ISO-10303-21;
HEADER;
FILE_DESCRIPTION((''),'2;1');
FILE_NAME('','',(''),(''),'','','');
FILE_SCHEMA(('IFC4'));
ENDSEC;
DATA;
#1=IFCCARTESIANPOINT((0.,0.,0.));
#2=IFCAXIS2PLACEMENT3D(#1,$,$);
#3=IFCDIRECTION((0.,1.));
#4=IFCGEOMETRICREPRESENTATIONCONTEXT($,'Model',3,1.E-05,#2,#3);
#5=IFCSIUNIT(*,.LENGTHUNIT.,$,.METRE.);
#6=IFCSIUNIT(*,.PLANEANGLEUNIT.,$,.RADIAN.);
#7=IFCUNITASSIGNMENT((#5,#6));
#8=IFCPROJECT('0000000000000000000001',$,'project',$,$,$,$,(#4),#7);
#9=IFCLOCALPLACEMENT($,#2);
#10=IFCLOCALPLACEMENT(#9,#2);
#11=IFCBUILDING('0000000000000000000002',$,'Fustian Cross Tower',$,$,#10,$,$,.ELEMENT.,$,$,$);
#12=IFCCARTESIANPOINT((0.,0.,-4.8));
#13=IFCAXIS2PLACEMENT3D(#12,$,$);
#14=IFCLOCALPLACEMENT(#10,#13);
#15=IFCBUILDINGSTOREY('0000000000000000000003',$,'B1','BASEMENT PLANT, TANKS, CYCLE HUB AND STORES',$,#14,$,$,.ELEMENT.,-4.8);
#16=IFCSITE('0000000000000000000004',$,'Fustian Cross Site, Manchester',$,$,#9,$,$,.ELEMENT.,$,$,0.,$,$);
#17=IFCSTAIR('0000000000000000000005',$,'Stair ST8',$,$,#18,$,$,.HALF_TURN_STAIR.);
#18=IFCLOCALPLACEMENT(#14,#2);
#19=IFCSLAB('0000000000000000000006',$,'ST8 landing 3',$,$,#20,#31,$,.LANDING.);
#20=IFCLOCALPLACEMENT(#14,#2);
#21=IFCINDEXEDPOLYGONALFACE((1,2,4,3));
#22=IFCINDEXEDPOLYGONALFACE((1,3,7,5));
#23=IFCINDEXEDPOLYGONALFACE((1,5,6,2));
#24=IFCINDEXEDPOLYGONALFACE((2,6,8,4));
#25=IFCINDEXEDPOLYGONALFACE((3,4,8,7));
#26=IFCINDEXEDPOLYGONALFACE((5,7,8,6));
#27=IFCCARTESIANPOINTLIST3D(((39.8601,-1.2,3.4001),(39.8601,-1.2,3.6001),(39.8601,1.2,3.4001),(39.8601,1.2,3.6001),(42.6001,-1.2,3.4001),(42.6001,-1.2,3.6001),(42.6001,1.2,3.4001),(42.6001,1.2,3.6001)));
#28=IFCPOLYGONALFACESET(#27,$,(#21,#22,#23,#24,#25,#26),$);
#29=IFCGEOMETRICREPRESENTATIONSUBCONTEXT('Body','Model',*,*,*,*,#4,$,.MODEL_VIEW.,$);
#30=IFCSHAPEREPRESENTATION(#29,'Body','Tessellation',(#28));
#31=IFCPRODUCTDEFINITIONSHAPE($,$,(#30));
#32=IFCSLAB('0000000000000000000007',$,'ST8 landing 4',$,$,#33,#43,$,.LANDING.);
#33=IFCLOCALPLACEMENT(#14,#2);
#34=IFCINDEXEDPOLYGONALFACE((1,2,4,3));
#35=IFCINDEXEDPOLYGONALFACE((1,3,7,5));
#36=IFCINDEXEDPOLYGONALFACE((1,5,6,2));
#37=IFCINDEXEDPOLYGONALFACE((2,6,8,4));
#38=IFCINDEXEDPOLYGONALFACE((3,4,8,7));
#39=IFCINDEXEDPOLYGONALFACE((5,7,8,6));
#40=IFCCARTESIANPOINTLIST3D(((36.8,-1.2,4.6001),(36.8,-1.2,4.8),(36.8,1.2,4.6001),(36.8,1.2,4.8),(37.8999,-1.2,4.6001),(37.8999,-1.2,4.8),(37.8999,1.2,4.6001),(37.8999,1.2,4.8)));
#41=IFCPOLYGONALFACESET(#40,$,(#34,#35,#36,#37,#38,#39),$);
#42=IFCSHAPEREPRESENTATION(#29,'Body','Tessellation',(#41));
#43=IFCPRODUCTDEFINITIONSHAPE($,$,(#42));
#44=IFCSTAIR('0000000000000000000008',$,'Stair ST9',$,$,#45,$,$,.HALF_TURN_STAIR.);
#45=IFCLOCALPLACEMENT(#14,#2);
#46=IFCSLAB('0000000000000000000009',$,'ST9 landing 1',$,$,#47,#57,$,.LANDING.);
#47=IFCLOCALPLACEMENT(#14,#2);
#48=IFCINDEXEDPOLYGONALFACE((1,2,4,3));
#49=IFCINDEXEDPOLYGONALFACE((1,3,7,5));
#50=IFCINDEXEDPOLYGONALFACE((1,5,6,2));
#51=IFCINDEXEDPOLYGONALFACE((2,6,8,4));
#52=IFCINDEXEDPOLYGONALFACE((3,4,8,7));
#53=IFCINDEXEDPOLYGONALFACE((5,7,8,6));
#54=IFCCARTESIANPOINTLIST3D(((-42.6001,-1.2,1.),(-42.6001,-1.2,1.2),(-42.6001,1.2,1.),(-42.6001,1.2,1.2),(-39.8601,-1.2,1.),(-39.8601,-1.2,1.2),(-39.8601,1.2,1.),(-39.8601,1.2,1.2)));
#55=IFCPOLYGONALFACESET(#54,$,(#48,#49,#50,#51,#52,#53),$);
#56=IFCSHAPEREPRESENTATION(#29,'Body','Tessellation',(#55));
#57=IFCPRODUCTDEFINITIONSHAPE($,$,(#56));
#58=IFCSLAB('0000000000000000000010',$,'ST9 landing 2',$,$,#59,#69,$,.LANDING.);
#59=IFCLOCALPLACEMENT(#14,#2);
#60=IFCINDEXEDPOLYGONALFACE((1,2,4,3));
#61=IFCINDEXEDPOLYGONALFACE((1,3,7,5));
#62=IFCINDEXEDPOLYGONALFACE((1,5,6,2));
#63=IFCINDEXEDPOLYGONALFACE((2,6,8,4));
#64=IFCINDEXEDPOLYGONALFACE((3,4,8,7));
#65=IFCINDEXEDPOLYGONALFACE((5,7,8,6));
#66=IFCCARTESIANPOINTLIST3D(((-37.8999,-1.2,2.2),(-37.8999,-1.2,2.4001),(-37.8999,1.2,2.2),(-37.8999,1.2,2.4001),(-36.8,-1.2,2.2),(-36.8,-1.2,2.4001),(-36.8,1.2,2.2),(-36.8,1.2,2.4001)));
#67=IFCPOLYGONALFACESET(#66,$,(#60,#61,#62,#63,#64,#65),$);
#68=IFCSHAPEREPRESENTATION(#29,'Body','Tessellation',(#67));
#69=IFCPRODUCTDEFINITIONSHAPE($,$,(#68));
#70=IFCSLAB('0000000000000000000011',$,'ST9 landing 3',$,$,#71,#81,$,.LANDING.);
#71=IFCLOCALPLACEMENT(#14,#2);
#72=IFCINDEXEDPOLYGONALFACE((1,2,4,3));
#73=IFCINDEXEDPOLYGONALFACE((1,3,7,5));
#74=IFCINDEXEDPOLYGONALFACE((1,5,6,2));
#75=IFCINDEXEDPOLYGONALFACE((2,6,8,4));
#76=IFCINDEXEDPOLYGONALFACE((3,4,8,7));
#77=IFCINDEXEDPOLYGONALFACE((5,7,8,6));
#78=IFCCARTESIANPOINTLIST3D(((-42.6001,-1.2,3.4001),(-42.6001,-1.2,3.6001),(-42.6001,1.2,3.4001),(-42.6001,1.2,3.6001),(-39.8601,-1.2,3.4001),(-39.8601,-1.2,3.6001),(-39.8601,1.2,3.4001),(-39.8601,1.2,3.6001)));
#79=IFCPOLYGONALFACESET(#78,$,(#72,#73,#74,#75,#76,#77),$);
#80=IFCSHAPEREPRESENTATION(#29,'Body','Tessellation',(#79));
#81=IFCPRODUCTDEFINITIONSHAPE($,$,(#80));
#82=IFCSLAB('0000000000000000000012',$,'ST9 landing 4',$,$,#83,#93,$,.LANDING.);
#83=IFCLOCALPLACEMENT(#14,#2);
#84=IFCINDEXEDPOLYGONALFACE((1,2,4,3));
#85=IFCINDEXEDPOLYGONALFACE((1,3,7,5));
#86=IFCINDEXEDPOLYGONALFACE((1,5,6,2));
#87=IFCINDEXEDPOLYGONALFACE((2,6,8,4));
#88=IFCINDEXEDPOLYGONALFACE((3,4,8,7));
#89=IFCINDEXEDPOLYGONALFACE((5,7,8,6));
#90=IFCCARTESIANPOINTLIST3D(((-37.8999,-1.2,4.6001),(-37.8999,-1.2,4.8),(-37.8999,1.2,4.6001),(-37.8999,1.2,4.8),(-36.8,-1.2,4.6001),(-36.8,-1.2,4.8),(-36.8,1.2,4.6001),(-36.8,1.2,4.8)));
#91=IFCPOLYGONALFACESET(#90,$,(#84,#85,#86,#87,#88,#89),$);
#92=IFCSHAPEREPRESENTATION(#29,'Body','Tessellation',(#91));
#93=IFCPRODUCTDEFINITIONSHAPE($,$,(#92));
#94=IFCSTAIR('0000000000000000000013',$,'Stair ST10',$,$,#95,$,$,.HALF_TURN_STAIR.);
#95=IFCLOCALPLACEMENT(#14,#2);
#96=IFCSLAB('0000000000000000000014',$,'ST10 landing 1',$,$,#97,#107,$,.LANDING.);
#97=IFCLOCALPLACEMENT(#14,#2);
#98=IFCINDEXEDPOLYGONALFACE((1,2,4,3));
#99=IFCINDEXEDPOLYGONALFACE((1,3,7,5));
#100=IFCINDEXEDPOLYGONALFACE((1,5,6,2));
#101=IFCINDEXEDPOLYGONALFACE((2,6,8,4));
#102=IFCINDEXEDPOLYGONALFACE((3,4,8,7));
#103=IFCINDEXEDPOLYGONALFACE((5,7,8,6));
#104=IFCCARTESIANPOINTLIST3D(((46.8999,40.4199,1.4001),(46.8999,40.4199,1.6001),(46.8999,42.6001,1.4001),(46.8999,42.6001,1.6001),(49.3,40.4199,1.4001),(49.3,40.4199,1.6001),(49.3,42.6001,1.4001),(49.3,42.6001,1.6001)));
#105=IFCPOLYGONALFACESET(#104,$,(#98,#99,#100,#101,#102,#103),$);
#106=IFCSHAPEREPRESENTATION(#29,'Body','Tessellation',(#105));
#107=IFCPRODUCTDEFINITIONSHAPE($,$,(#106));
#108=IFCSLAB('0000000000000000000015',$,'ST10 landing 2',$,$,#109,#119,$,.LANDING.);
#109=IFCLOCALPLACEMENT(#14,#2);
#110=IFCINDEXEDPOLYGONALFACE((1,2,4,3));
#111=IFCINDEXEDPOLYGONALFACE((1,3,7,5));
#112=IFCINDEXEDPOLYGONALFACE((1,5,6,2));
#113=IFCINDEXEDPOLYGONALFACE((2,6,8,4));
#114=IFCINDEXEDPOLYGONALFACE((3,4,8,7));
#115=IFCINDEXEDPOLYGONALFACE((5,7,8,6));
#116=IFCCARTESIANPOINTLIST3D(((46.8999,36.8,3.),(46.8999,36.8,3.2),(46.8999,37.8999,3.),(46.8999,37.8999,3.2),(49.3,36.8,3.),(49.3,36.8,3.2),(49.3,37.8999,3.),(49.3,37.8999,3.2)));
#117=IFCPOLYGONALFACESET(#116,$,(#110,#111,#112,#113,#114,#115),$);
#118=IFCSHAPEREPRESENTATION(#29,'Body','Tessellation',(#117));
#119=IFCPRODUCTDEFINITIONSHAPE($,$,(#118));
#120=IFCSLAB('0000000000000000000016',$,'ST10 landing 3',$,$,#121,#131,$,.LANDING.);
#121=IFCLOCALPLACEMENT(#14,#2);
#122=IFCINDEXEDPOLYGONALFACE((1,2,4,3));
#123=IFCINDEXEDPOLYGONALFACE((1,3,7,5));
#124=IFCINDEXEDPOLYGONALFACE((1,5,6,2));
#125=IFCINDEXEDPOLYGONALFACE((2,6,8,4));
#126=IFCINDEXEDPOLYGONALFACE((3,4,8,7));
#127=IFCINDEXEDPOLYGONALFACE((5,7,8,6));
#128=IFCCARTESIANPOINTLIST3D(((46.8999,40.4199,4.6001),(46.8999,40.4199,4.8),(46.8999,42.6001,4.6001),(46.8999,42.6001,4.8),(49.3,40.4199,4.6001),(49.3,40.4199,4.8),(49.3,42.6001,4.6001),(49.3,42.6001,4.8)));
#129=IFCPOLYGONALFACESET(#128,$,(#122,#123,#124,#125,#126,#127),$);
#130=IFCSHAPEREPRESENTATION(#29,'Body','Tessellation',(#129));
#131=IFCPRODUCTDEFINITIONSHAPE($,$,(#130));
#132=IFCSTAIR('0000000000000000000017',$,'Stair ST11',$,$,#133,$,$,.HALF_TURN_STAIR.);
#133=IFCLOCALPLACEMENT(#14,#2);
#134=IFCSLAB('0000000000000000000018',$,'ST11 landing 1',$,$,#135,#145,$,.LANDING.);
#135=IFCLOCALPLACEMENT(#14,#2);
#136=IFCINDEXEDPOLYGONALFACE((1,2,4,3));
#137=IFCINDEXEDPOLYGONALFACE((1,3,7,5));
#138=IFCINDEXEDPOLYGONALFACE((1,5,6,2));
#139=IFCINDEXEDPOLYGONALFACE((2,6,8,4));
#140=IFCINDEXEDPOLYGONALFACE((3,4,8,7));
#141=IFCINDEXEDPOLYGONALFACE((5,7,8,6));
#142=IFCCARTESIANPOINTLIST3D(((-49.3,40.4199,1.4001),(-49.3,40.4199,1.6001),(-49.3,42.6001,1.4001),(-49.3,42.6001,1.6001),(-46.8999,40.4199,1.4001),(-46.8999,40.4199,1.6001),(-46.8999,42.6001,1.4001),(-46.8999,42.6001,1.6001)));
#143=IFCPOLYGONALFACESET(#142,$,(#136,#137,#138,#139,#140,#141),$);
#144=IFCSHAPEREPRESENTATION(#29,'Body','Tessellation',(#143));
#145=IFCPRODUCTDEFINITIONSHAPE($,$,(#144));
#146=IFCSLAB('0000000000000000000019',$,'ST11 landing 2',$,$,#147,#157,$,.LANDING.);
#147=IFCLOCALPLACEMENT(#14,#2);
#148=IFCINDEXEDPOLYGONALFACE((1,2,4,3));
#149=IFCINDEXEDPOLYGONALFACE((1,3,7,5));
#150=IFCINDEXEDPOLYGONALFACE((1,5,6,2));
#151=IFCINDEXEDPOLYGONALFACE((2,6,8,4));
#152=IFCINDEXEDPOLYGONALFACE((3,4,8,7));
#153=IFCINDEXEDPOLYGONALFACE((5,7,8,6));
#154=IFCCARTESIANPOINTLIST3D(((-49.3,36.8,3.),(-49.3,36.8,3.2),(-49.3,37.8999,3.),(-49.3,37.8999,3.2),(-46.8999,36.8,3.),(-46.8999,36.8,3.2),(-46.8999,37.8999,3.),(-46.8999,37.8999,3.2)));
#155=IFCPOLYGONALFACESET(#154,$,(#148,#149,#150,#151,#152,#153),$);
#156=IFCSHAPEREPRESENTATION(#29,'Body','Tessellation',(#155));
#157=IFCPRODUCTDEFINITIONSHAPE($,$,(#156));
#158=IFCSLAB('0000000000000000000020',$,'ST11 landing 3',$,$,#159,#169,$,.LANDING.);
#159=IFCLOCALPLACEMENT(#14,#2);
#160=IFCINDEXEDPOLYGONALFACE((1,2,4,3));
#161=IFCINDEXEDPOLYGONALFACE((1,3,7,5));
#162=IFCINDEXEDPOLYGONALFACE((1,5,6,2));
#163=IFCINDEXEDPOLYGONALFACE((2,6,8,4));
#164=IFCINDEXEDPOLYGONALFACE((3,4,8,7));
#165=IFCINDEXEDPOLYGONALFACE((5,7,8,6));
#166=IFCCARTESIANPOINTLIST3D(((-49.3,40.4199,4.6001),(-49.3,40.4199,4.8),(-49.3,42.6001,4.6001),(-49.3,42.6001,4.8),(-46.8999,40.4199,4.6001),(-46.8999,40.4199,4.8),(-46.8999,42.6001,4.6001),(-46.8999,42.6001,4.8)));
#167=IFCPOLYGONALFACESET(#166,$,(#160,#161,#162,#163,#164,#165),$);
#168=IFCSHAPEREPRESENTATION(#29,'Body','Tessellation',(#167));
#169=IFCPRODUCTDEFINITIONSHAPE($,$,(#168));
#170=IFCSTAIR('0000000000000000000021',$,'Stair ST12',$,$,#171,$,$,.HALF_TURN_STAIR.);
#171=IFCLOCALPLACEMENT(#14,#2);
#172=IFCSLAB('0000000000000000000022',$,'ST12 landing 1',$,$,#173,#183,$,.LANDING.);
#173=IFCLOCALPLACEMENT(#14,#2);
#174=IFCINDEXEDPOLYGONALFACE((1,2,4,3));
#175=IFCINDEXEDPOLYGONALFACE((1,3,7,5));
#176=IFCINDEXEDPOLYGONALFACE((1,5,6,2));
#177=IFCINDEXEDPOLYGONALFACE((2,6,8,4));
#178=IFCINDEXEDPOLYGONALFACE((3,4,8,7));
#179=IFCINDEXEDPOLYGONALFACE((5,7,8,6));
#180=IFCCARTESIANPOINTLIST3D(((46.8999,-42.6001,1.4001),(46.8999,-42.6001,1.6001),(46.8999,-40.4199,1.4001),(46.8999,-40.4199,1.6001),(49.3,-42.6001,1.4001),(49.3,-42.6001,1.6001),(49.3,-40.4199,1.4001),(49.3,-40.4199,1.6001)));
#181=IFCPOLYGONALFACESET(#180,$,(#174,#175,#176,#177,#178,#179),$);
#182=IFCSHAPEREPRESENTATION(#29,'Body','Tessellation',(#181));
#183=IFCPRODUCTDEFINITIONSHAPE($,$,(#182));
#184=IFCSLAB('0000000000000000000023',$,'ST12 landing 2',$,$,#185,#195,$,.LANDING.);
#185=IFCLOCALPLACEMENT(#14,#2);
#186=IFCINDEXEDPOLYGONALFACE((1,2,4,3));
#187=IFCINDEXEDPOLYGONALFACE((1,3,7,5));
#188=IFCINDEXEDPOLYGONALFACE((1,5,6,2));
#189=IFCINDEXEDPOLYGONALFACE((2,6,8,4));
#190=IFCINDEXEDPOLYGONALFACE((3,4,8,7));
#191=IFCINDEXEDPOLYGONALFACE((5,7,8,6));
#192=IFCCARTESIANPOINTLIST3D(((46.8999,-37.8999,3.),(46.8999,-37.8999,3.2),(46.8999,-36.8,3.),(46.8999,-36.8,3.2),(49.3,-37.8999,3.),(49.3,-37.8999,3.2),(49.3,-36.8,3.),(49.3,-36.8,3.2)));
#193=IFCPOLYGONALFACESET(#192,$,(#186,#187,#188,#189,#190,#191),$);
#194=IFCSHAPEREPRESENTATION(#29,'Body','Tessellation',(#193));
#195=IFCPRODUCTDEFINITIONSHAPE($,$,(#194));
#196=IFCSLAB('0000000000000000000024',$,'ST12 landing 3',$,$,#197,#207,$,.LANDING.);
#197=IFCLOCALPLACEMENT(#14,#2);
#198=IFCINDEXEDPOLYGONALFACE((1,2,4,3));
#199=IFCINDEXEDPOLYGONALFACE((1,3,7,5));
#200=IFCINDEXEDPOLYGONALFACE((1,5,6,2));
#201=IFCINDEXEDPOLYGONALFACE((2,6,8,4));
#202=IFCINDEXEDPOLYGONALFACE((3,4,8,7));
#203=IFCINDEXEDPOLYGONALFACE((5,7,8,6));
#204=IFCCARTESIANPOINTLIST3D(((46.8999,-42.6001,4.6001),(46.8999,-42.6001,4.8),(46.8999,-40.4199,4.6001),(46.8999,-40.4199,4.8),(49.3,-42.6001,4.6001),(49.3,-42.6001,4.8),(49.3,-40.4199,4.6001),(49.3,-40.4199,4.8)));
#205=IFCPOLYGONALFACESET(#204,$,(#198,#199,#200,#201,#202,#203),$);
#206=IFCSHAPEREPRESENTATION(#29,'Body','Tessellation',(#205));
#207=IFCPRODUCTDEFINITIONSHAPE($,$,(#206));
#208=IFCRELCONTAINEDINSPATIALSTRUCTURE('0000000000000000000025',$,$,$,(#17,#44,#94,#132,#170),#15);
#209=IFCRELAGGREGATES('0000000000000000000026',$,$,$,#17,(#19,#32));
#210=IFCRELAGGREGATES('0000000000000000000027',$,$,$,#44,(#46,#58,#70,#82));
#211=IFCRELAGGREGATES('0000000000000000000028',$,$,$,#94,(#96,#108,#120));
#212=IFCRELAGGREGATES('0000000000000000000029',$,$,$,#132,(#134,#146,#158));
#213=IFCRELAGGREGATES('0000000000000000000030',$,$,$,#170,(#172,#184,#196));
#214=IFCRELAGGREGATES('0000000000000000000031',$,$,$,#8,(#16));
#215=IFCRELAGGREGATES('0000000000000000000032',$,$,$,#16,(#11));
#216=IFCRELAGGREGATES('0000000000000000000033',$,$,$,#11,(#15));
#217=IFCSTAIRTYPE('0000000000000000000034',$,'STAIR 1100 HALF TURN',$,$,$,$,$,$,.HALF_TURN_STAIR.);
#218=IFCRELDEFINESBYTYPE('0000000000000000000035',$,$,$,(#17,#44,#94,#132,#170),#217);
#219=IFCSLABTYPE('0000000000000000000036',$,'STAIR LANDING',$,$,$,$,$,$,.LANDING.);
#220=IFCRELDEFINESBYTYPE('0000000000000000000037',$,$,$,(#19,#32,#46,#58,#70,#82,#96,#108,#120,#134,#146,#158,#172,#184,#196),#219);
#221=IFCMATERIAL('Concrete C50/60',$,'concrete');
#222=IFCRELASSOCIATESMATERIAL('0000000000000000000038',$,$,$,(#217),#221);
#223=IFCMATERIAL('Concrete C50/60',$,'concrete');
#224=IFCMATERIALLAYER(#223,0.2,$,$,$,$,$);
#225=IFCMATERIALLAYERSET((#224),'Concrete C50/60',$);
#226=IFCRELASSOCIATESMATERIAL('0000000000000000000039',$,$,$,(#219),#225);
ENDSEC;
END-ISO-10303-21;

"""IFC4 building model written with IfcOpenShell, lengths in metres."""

from ifc_helpers import new_model, si_unit, direction, frame, origin, place, context, subcontext, project, spatial, polyline, outline, extrude, material, layer, layer_set, type_object, element, aggregate, save


model = new_model("IFC4")

# Units and contexts
model_context = context("Model", 3, precision=1e-05, world=origin(), true_north=direction((0.0, 1.0)))
body_context = subcontext(model_context, "Body", "Model", "MODEL_VIEW")
ifc_project = project(units=[si_unit("LENGTHUNIT", "METRE"), si_unit("PLANEANGLEUNIT", "RADIAN")], contexts=[model_context])

# Site, building, storey
site_placement = place(None, origin())
site = spatial("IfcSite", under=ifc_project, at=site_placement, Name="Fustian Cross Site, Manchester", CompositionType="ELEMENT", RefElevation=0.0)
building_placement = place(site_placement, origin())
building = spatial("IfcBuilding", under=site, at=building_placement, Name="Fustian Cross Tower", CompositionType="ELEMENT")
storey_placement = place(building_placement, frame((0.0, 0.0, -4.8)))
storey = spatial("IfcBuildingStorey", under=building, at=storey_placement, Name="B1", Description="BASEMENT PLANT, TANKS, CYCLE HUB AND STORES", CompositionType="ELEMENT", Elevation=-4.8)

# Stairs, slabs
ifc_material_1 = material(Name="Concrete C50/60", Category="concrete")
stair_type = type_object("IfcStairType", Name="STAIR 1100 HALF TURN", PredefinedType="HALF_TURN_STAIR", material=ifc_material_1)
stair_1_placement = place(storey_placement, origin())
stair_1 = element("IfcStair", 1, at=stair_1_placement, inside=storey, type_object=stair_type, Name="Stair ST8", PredefinedType="HALF_TURN_STAIR")
ifc_material_2 = material(Name="Concrete C50/60", Category="concrete")
ifc_layer_1 = layer(ifc_material_2, 0.2)
ifc_layer_set_1 = layer_set([ifc_layer_1], Name="Concrete C50/60")
slab_type = type_object("IfcSlabType", Name="STAIR LANDING", PredefinedType="LANDING", material=ifc_layer_set_1)
slab_1_placement = place(storey_placement, frame((0.0, 0.0, 3.4001)))
slab_1 = element("IfcSlab", 2, at=slab_1_placement, type_object=slab_type, Name="ST8 landing 3", PredefinedType="LANDING", context=body_context, shape_type="SweptSolid", body=[
    extrude(outline(polyline([(39.8601, -1.2), (42.6001, -1.2), (42.6001, 1.2), (39.8601, 1.2), (39.8601, -1.2)])), origin(), (0.0, 0.0, 1.0), 0.2),
])
slab_2_placement = place(storey_placement, frame((0.0, 0.0, 4.6001)))
slab_2 = element("IfcSlab", 3, at=slab_2_placement, type_object=slab_type, Name="ST8 landing 4", PredefinedType="LANDING", context=body_context, shape_type="SweptSolid", body=[
    extrude(outline(polyline([(36.8, -1.2), (37.8999, -1.2), (37.8999, 1.2), (36.8, 1.2), (36.8, -1.2)])), origin(), (0.0, 0.0, 1.0), 0.2),
])
aggregate(stair_1, [slab_1, slab_2])
stair_2_placement = place(storey_placement, origin())
stair_2 = element("IfcStair", 4, at=stair_2_placement, inside=storey, type_object=stair_type, Name="Stair ST9", PredefinedType="HALF_TURN_STAIR")
slab_3_placement = place(storey_placement, frame((0.0, 0.0, 1.0)))
slab_3 = element("IfcSlab", 5, at=slab_3_placement, type_object=slab_type, Name="ST9 landing 1", PredefinedType="LANDING", context=body_context, shape_type="SweptSolid", body=[
    extrude(outline(polyline([(-39.8601, -1.2), (-42.6001, -1.2), (-42.6001, 1.2), (-39.8601, 1.2), (-39.8601, -1.2)])), origin(), (0.0, 0.0, 1.0), 0.2),
])
slab_4_placement = place(storey_placement, frame((0.0, 0.0, 2.2)))
slab_4 = element("IfcSlab", 6, at=slab_4_placement, type_object=slab_type, Name="ST9 landing 2", PredefinedType="LANDING", context=body_context, shape_type="SweptSolid", body=[
    extrude(outline(polyline([(-36.8, -1.2), (-37.8999, -1.2), (-37.8999, 1.2), (-36.8, 1.2), (-36.8, -1.2)])), origin(), (0.0, 0.0, 1.0), 0.2002),
])
slab_5_placement = place(storey_placement, frame((0.0, 0.0, 3.4001)))
slab_5 = element("IfcSlab", 7, at=slab_5_placement, type_object=slab_type, Name="ST9 landing 3", PredefinedType="LANDING", context=body_context, shape_type="SweptSolid", body=[
    extrude(outline(polyline([(-39.8601, -1.2), (-42.6001, -1.2), (-42.6001, 1.2), (-39.8601, 1.2), (-39.8601, -1.2)])), origin(), (0.0, 0.0, 1.0), 0.2),
])
slab_6_placement = place(storey_placement, frame((0.0, 0.0, 4.6001)))
slab_6 = element("IfcSlab", 8, at=slab_6_placement, type_object=slab_type, Name="ST9 landing 4", PredefinedType="LANDING", context=body_context, shape_type="SweptSolid", body=[
    extrude(outline(polyline([(-36.8, -1.2), (-37.8999, -1.2), (-37.8999, 1.2), (-36.8, 1.2), (-36.8, -1.2)])), origin(), (0.0, 0.0, 1.0), 0.2),
])
aggregate(stair_2, [slab_3, slab_4, slab_5, slab_6])
stair_3_placement = place(storey_placement, origin())
stair_3 = element("IfcStair", 9, at=stair_3_placement, inside=storey, type_object=stair_type, Name="Stair ST10", PredefinedType="HALF_TURN_STAIR")
slab_7_placement = place(storey_placement, frame((0.0, 0.0, 1.4001)))
slab_7 = element("IfcSlab", 10, at=slab_7_placement, type_object=slab_type, Name="ST10 landing 1", PredefinedType="LANDING", context=body_context, shape_type="SweptSolid", body=[
    extrude(outline(polyline([(46.8999, 40.4199), (46.8999, 42.6001), (49.3, 42.6001), (49.3, 40.4199), (46.8999, 40.4199)])), origin(), (0.0, 0.0, 1.0), 0.2),
])
slab_8_placement = place(storey_placement, frame((0.0, 0.0, 3.0)))
slab_8 = element("IfcSlab", 11, at=slab_8_placement, type_object=slab_type, Name="ST10 landing 2", PredefinedType="LANDING", context=body_context, shape_type="SweptSolid", body=[
    extrude(outline(polyline([(46.8999, 36.8), (46.8999, 37.8999), (49.3, 37.8999), (49.3, 36.8), (46.8999, 36.8)])), origin(), (0.0, 0.0, 1.0), 0.2),
])
slab_9_placement = place(storey_placement, frame((0.0, 0.0, 4.6001)))
slab_9 = element("IfcSlab", 12, at=slab_9_placement, type_object=slab_type, Name="ST10 landing 3", PredefinedType="LANDING", context=body_context, shape_type="SweptSolid", body=[
    extrude(outline(polyline([(46.8999, 40.4199), (46.8999, 42.6001), (49.3, 42.6001), (49.3, 40.4199), (46.8999, 40.4199)])), origin(), (0.0, 0.0, 1.0), 0.2),
])
aggregate(stair_3, [slab_7, slab_8, slab_9])
stair_4_placement = place(storey_placement, origin())
stair_4 = element("IfcStair", 13, at=stair_4_placement, inside=storey, type_object=stair_type, Name="Stair ST11", PredefinedType="HALF_TURN_STAIR")
slab_10_placement = place(storey_placement, frame((0.0, 0.0, 1.4001)))
slab_10 = element("IfcSlab", 14, at=slab_10_placement, type_object=slab_type, Name="ST11 landing 1", PredefinedType="LANDING", context=body_context, shape_type="SweptSolid", body=[
    extrude(outline(polyline([(-49.3, 40.4199), (-49.3, 42.6001), (-46.8999, 42.6001), (-46.8999, 40.4199), (-49.3, 40.4199)])), origin(), (0.0, 0.0, 1.0), 0.2),
])
slab_11_placement = place(storey_placement, frame((0.0, 0.0, 3.0)))
slab_11 = element("IfcSlab", 15, at=slab_11_placement, type_object=slab_type, Name="ST11 landing 2", PredefinedType="LANDING", context=body_context, shape_type="SweptSolid", body=[
    extrude(outline(polyline([(-49.3, 36.8), (-49.3, 37.8999), (-46.8999, 37.8999), (-46.8999, 36.8), (-49.3, 36.8)])), origin(), (0.0, 0.0, 1.0), 0.2),
])
slab_12_placement = place(storey_placement, frame((0.0, 0.0, 4.6001)))
slab_12 = element("IfcSlab", 16, at=slab_12_placement, type_object=slab_type, Name="ST11 landing 3", PredefinedType="LANDING", context=body_context, shape_type="SweptSolid", body=[
    extrude(outline(polyline([(-49.3, 40.4199), (-49.3, 42.6001), (-46.8999, 42.6001), (-46.8999, 40.4199), (-49.3, 40.4199)])), origin(), (0.0, 0.0, 1.0), 0.2),
])
aggregate(stair_4, [slab_10, slab_11, slab_12])
stair_5_placement = place(storey_placement, origin())
stair_5 = element("IfcStair", 17, at=stair_5_placement, inside=storey, type_object=stair_type, Name="Stair ST12", PredefinedType="HALF_TURN_STAIR")
slab_13_placement = place(storey_placement, frame((0.0, 0.0, 1.4001)))
slab_13 = element("IfcSlab", 18, at=slab_13_placement, type_object=slab_type, Name="ST12 landing 1", PredefinedType="LANDING", context=body_context, shape_type="SweptSolid", body=[
    extrude(outline(polyline([(46.8999, -40.4199), (46.8999, -42.6001), (49.3, -42.6001), (49.3, -40.4199), (46.8999, -40.4199)])), origin(), (0.0, 0.0, 1.0), 0.2),
])
slab_14_placement = place(storey_placement, frame((0.0, 0.0, 3.0)))
slab_14 = element("IfcSlab", 19, at=slab_14_placement, type_object=slab_type, Name="ST12 landing 2", PredefinedType="LANDING", context=body_context, shape_type="SweptSolid", body=[
    extrude(outline(polyline([(46.8999, -36.8), (46.8999, -37.8999), (49.3, -37.8999), (49.3, -36.8), (46.8999, -36.8)])), origin(), (0.0, 0.0, 1.0), 0.2),
])
slab_15_placement = place(storey_placement, frame((0.0, 0.0, 4.6001)))
slab_15 = element("IfcSlab", 20, at=slab_15_placement, type_object=slab_type, Name="ST12 landing 3", PredefinedType="LANDING", context=body_context, shape_type="SweptSolid", body=[
    extrude(outline(polyline([(46.8999, -40.4199), (46.8999, -42.6001), (49.3, -42.6001), (49.3, -40.4199), (46.8999, -40.4199)])), origin(), (0.0, 0.0, 1.0), 0.2),
])
aggregate(stair_5, [slab_13, slab_14, slab_15])

save(model, "model.ifc")
